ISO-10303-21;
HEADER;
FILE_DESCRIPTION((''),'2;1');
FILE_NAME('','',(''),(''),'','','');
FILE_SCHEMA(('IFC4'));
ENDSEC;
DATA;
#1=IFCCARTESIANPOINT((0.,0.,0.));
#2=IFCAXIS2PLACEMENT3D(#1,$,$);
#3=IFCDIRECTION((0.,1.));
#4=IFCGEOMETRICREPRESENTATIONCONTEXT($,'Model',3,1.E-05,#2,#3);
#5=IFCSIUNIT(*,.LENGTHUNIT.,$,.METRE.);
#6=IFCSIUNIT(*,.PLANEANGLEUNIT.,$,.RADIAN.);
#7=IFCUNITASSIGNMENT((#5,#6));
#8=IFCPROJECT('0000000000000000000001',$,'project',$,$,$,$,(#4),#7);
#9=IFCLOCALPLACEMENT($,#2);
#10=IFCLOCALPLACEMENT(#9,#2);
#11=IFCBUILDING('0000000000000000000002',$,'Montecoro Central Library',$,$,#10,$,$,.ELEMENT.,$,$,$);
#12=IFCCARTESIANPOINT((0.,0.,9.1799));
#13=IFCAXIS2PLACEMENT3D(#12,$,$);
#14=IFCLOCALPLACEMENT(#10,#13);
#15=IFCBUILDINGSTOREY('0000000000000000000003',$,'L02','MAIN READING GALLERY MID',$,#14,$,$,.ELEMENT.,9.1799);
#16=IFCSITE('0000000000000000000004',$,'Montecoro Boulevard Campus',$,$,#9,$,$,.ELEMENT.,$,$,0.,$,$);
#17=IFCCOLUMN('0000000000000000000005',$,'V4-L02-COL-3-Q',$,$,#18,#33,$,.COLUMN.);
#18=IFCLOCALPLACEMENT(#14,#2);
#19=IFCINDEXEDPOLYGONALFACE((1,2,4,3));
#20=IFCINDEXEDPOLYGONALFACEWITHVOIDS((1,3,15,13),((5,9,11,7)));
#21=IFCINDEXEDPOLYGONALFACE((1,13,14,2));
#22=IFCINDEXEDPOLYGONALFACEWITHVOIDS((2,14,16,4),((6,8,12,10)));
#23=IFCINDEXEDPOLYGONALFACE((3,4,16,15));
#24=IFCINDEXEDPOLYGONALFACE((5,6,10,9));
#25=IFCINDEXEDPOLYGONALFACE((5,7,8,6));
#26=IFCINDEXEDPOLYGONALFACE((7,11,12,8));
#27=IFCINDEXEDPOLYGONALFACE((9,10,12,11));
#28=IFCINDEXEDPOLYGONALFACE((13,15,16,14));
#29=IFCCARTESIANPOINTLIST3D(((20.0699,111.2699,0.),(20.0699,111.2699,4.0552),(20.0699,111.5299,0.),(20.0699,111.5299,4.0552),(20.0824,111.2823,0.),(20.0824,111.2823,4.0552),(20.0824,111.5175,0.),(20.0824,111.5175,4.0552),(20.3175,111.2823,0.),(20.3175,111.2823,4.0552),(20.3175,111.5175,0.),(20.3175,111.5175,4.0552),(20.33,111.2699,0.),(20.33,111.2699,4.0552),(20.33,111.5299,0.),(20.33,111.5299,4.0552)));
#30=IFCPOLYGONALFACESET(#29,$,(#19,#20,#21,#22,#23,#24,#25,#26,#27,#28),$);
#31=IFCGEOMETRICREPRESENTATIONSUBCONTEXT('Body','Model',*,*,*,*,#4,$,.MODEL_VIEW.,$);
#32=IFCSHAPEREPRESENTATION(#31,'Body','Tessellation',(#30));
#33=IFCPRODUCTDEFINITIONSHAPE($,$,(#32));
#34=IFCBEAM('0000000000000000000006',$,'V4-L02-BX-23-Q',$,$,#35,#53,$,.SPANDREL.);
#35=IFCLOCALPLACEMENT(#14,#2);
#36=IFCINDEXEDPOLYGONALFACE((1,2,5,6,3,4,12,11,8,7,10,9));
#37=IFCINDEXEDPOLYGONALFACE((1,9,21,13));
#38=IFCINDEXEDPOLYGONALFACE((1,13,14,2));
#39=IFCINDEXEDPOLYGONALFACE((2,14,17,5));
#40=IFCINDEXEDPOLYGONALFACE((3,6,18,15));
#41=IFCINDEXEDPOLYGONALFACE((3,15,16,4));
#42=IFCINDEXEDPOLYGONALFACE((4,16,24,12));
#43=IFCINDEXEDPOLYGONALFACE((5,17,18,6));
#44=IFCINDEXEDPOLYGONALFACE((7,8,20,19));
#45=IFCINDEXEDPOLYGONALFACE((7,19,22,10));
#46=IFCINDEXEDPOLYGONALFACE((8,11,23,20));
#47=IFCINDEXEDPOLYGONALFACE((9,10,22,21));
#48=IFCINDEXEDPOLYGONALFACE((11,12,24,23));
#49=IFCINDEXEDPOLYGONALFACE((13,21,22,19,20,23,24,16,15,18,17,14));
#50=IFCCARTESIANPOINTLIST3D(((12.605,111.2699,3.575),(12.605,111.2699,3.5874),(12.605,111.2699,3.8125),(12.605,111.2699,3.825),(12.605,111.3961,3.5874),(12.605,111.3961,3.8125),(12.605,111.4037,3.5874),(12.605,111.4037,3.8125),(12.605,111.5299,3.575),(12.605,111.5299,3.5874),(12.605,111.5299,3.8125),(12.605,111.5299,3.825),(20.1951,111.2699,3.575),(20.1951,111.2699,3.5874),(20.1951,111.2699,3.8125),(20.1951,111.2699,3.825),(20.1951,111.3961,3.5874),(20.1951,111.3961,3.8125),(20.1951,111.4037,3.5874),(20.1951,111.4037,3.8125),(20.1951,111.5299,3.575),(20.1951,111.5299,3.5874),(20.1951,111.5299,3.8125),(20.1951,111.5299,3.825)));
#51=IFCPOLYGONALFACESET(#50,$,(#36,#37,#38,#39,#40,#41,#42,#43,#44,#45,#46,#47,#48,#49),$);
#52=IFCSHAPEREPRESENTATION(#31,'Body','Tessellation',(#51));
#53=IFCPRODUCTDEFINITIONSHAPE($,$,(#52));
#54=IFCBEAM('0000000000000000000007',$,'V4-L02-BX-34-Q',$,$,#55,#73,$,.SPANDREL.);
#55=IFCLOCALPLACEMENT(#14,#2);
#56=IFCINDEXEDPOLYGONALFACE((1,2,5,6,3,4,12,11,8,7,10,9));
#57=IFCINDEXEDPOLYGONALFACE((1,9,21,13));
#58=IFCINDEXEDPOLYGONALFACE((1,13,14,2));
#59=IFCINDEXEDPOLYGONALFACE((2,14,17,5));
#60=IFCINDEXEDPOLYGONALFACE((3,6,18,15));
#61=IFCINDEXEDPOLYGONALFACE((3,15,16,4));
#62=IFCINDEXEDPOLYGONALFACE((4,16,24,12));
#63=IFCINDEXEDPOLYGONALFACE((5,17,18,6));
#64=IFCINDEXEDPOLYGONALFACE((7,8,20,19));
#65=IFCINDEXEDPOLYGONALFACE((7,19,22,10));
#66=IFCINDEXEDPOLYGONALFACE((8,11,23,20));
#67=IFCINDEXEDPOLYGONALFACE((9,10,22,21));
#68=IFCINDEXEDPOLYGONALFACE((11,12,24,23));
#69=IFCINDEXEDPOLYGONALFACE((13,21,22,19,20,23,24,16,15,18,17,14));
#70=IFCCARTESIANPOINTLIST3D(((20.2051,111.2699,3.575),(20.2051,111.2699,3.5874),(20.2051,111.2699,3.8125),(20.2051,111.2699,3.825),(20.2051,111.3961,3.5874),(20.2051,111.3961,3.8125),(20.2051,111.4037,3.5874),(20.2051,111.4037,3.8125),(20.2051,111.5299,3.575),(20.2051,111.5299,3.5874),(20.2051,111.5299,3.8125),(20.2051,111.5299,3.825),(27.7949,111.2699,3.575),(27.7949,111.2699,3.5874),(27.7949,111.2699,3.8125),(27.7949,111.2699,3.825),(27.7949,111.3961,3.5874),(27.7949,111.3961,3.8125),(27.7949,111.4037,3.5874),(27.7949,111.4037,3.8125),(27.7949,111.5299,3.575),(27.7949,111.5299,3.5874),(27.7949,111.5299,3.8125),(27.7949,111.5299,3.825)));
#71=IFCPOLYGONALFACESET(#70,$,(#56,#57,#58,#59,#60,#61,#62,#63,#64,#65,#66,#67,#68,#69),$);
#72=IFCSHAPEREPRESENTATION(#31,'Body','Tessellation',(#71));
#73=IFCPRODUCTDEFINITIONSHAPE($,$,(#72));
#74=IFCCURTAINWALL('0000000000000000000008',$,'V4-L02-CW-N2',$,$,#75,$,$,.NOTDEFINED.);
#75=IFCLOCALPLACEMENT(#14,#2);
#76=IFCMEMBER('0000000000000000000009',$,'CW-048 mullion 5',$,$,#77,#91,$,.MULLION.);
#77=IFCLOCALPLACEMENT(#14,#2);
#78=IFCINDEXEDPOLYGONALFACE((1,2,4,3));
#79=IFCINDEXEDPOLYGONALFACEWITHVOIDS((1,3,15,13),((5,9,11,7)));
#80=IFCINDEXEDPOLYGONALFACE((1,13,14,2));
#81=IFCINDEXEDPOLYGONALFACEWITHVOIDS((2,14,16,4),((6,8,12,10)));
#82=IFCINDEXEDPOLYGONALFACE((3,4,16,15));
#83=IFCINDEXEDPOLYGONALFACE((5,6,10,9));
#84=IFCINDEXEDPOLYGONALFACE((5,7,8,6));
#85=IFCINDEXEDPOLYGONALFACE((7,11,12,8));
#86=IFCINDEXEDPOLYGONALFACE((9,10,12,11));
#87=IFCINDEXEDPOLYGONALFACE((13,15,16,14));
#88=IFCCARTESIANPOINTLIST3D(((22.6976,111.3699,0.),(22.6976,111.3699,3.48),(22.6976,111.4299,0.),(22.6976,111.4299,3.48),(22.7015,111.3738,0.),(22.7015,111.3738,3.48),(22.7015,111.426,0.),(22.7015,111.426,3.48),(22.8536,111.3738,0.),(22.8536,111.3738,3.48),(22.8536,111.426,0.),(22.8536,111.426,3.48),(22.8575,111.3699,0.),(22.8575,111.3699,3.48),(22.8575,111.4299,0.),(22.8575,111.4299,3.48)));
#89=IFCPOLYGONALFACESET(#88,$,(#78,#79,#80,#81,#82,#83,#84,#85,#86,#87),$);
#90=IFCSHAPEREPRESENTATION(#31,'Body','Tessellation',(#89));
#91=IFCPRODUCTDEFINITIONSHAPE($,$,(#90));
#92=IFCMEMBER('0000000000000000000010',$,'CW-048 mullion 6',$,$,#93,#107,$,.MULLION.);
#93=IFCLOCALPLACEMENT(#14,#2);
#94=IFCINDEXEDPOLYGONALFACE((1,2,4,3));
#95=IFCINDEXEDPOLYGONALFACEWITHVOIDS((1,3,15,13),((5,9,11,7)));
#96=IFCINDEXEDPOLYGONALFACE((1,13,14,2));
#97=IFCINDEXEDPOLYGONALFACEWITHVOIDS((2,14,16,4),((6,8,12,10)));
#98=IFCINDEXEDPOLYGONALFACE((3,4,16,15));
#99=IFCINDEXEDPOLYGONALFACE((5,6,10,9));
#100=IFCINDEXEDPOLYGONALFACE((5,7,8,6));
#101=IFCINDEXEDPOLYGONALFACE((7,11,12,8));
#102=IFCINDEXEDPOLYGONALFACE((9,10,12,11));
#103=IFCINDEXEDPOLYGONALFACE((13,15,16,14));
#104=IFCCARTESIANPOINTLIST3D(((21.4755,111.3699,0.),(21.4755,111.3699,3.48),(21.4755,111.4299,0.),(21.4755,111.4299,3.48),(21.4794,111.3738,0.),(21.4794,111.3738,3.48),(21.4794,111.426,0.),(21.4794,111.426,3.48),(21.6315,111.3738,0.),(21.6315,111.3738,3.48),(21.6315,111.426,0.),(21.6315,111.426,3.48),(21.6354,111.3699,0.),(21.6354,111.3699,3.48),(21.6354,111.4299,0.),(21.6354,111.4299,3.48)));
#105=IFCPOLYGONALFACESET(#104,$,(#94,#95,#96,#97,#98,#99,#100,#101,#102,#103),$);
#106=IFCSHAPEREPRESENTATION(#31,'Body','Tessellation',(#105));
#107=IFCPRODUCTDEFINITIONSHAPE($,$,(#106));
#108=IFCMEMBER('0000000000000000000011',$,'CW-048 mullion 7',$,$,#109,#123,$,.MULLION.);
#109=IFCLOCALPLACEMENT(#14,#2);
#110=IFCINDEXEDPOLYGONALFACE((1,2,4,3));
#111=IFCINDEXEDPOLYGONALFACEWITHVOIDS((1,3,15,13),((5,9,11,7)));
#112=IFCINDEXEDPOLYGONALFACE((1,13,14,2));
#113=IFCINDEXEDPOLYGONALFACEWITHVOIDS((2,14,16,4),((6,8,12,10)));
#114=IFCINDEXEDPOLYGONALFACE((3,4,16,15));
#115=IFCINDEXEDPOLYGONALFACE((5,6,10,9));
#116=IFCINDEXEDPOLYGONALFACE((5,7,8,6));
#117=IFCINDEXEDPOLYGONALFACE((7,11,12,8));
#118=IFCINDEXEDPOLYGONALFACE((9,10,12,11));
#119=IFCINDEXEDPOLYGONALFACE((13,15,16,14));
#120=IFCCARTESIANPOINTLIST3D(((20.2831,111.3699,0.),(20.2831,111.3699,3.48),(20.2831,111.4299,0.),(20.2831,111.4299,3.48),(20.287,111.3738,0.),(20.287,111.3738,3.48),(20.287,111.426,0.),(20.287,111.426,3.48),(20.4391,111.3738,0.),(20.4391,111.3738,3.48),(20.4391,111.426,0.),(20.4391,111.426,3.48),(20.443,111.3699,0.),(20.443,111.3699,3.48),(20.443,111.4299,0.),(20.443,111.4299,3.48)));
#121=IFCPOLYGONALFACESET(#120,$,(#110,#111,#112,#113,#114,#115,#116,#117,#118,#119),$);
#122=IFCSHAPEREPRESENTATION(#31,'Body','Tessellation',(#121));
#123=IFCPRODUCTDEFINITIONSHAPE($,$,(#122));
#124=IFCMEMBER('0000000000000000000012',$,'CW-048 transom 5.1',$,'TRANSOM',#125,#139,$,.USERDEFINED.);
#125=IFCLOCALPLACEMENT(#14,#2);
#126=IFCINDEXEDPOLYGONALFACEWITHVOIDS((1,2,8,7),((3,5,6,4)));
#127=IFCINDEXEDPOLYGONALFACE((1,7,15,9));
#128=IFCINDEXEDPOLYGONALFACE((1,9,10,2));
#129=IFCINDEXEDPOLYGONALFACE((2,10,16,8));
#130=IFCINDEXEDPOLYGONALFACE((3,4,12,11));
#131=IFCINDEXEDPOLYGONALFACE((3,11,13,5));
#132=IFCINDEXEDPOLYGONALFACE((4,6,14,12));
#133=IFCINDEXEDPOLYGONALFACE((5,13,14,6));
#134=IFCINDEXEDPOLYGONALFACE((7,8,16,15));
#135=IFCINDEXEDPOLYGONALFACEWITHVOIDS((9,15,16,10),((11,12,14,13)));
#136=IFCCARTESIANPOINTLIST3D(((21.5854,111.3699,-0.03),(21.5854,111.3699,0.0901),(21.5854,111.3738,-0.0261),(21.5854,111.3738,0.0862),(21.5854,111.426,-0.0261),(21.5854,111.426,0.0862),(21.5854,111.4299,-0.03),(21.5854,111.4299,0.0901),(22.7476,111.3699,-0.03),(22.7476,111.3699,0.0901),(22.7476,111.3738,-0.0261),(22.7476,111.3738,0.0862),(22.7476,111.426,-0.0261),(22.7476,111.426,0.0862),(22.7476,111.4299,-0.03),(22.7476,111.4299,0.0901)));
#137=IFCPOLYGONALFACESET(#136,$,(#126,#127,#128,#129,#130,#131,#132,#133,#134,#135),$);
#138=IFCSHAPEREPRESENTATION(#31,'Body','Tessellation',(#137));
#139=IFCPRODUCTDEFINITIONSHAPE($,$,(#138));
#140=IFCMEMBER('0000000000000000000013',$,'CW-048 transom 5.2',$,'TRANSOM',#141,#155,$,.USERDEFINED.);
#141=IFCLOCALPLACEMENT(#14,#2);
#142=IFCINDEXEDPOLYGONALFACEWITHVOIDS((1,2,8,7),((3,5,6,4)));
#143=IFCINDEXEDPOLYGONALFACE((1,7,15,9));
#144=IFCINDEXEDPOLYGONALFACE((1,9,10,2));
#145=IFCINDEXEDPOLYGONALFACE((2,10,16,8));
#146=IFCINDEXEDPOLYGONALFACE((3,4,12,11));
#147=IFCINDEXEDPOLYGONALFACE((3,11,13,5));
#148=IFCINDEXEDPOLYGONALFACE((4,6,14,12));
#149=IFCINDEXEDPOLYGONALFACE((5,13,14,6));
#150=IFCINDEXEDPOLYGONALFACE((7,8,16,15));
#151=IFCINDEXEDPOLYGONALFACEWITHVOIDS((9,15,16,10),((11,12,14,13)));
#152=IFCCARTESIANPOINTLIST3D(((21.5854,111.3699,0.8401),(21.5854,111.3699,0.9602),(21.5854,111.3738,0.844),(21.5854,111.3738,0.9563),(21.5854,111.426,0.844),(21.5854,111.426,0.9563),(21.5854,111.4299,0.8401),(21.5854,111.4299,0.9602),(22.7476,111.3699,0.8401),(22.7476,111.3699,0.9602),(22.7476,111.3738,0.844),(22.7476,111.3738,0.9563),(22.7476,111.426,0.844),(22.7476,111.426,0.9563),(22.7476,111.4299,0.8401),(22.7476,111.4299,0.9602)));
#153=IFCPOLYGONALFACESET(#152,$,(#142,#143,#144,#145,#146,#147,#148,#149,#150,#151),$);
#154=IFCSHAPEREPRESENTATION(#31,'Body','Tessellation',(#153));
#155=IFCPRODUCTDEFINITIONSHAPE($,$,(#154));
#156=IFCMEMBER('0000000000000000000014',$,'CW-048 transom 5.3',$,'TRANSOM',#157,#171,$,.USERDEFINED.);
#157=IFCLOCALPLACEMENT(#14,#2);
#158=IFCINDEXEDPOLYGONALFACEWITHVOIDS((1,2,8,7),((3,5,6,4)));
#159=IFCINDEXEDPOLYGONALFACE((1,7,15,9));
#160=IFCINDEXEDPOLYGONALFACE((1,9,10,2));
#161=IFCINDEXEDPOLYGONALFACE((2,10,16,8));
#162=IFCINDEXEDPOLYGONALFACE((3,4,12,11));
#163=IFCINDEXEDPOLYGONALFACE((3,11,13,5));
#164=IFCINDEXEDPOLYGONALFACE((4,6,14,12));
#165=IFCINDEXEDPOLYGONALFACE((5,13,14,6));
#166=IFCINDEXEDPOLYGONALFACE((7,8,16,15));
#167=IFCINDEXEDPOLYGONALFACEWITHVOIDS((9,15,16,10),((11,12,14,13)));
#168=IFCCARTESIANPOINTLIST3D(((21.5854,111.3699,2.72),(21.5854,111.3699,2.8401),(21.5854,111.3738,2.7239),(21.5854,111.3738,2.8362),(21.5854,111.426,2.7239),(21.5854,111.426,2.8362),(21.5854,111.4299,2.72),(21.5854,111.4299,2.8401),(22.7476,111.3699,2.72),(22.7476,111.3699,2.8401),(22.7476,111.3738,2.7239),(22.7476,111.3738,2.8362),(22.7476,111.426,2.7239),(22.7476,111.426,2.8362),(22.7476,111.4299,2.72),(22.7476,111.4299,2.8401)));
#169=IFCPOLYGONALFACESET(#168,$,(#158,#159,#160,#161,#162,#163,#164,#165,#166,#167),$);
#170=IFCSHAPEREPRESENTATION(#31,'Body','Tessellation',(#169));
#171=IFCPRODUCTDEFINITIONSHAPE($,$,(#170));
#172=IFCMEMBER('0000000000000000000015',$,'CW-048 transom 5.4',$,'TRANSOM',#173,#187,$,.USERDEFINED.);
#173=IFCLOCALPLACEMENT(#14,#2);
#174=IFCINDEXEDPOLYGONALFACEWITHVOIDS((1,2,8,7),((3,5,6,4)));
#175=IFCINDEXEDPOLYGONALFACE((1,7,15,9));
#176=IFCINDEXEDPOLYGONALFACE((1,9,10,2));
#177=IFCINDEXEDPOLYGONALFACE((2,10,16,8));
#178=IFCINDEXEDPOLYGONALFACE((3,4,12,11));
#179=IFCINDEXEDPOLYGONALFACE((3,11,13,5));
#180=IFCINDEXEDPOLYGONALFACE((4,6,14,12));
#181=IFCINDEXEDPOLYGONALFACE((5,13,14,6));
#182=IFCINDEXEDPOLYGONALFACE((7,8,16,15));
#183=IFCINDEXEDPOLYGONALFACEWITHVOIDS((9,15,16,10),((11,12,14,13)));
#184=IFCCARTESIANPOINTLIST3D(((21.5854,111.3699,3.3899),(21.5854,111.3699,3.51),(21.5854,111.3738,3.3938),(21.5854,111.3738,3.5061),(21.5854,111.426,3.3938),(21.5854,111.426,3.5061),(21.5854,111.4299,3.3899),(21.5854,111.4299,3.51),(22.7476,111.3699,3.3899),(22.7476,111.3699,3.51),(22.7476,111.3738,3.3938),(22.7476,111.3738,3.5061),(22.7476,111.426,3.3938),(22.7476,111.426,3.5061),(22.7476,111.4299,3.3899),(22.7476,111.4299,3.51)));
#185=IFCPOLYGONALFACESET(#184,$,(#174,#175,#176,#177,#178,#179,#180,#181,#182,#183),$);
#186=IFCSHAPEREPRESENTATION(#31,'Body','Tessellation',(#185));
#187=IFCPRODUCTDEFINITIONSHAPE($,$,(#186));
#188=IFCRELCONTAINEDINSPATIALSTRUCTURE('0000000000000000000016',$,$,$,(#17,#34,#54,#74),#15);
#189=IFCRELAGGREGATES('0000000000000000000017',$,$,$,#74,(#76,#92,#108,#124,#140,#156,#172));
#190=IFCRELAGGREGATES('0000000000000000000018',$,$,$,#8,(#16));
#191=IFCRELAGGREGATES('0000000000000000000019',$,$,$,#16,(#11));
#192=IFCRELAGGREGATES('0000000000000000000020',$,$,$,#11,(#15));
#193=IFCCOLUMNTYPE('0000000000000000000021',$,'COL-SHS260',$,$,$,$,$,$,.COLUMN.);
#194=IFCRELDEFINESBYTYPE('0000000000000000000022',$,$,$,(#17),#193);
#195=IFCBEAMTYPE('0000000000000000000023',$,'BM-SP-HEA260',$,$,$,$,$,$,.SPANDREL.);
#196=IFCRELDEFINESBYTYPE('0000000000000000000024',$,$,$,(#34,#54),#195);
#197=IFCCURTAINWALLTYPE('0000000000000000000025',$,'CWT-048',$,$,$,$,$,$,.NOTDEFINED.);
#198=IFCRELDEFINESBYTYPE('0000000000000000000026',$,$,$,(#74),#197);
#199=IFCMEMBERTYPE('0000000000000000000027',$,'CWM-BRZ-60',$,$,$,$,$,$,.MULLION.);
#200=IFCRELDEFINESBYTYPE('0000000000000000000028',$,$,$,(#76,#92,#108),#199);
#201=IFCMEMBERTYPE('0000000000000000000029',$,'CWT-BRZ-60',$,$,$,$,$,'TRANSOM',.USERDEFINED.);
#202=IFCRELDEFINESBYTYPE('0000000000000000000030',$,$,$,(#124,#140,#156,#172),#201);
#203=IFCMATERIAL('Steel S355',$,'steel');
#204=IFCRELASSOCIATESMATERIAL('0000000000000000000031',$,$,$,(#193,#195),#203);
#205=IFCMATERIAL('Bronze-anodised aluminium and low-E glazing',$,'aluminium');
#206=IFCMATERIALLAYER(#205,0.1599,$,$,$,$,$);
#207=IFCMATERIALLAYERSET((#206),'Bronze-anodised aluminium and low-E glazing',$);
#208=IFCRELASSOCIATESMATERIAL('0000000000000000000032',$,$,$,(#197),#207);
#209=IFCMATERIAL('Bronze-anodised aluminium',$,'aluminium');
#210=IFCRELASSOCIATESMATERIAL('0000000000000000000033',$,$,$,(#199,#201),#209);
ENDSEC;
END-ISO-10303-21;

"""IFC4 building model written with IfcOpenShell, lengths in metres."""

from ifc_helpers import new_model, si_unit, direction, frame, origin, origin_2d, place, context, subcontext, project, spatial, hollow_rectangle, i_section, extrude, material, layer, layer_set, material_profile, profile_set, type_object, element, aggregate, save


model = new_model("IFC4")

# Units and contexts
model_context = context("Model", 3, precision=1e-05, world=origin(), true_north=direction((0.0, 1.0)))
body_context = subcontext(model_context, "Body", "Model", "MODEL_VIEW")
ifc_project = project(units=[si_unit("LENGTHUNIT", "METRE"), si_unit("PLANEANGLEUNIT", "RADIAN")], contexts=[model_context])

# Site, building, storey
site_placement = place(None, origin())
site = spatial("IfcSite", under=ifc_project, at=site_placement, Name="Montecoro Boulevard Campus", CompositionType="ELEMENT", RefElevation=0.0)
building_placement = place(site_placement, origin())
building = spatial("IfcBuilding", under=site, at=building_placement, Name="Montecoro Central Library", CompositionType="ELEMENT")
storey_placement = place(building_placement, frame((0.0, 0.0, 9.1799)))
storey = spatial("IfcBuildingStorey", under=building, at=storey_placement, Name="L02", Description="MAIN READING GALLERY MID", CompositionType="ELEMENT", Elevation=9.1799)

# Column
ifc_material_1 = material(Name="Steel S355", Category="steel")
ifc_material_profile_1 = material_profile(ifc_material_1, hollow_rectangle(XDim=0.26, YDim=0.26, WallThickness=0.0125, at=origin_2d()), Name="SHS 260x260x12.5")
ifc_profile_set_1 = profile_set([ifc_material_profile_1], Name="Steel S355")
column_type = type_object("IfcColumnType", Name="COL-SHS260", PredefinedType="COLUMN", material=ifc_profile_set_1)
column_placement = place(storey_placement, frame((20.2, 111.3999, 0.0), z_axis=(0.0, 0.0, 1.0), x_axis=(1.0, 0.0, 0.0)))
element("IfcColumn", 1, at=column_placement, inside=storey, type_object=column_type, Name="V4-L02-COL-3-Q", PredefinedType="COLUMN", context=body_context, shape_type="SweptSolid", body=[
    extrude(hollow_rectangle(XDim=0.26, YDim=0.26, WallThickness=0.0125, at=origin_2d()), origin(), (0.0, 0.0, 1.0), 4.0552),
])

# Beams
ifc_material_profile_2 = material_profile(ifc_material_1, i_section(OverallWidth=0.26, OverallDepth=0.25, WebThickness=0.0076, FlangeThickness=0.0125, at=origin_2d()), Name="HEA 260")
ifc_profile_set_2 = profile_set([ifc_material_profile_2], Name="Steel S355")
beam_type = type_object("IfcBeamType", Name="BM-SP-HEA260", PredefinedType="SPANDREL", material=ifc_profile_set_2)
beam_1_placement = place(storey_placement, frame((12.605, 111.3999, 3.7), z_axis=(1.0, 0.0, 0.0), x_axis=(0.0, 1.0, 0.0)))
element("IfcBeam", 2, at=beam_1_placement, inside=storey, type_object=beam_type, Name="V4-L02-BX-23-Q", PredefinedType="SPANDREL", context=body_context, shape_type="SweptSolid", body=[
    extrude(i_section(OverallWidth=0.26, OverallDepth=0.25, WebThickness=0.0076, FlangeThickness=0.0125, at=origin_2d()), origin(), (0.0, 0.0, 1.0), 7.5901),
])
beam_2_placement = place(storey_placement, frame((20.2051, 111.3999, 3.7), z_axis=(1.0, 0.0, 0.0), x_axis=(0.0, 1.0, 0.0)))
element("IfcBeam", 3, at=beam_2_placement, inside=storey, type_object=beam_type, Name="V4-L02-BX-34-Q", PredefinedType="SPANDREL", context=body_context, shape_type="SweptSolid", body=[
    extrude(i_section(OverallWidth=0.26, OverallDepth=0.25, WebThickness=0.0076, FlangeThickness=0.0125, at=origin_2d()), origin(), (0.0, 0.0, 1.0), 7.5898),
])

# Curtain wall, members
ifc_material_2 = material(Name="Bronze-anodised aluminium and low-E glazing", Category="aluminium")
ifc_layer_1 = layer(ifc_material_2, 0.1599)
ifc_layer_set_1 = layer_set([ifc_layer_1], Name="Bronze-anodised aluminium and low-E glazing")
curtain_wall_type = type_object("IfcCurtainWallType", Name="CWT-048", PredefinedType="NOTDEFINED", material=ifc_layer_set_1)
curtain_wall_placement = place(storey_placement, origin())
curtain_wall = element("IfcCurtainWall", 4, at=curtain_wall_placement, inside=storey, type_object=curtain_wall_type, Name="V4-L02-CW-N2", PredefinedType="NOTDEFINED")
ifc_material_3 = material(Name="Bronze-anodised aluminium", Category="aluminium")
ifc_material_profile_3 = material_profile(ifc_material_3, hollow_rectangle(XDim=0.0601, YDim=0.1599, WallThickness=0.0039, at=origin_2d()), Name="CWM 160x60x4.0")
ifc_profile_set_3 = profile_set([ifc_material_profile_3], Name="Bronze-anodised aluminium")
member_type_1 = type_object("IfcMemberType", Name="CWM-BRZ-60", PredefinedType="MULLION", material=ifc_profile_set_3)
member_1_placement = place(storey_placement, frame((22.7776, 111.3999, 0.0), z_axis=(0.0, 0.0, 1.0), x_axis=(0.0, -1.0, 0.0)))
member_1 = element("IfcMember", 5, at=member_1_placement, type_object=member_type_1, Name="CW-048 mullion 5", PredefinedType="MULLION", context=body_context, shape_type="SweptSolid", body=[
    extrude(hollow_rectangle(XDim=0.0601, YDim=0.1599, WallThickness=0.0039, at=origin_2d()), origin(), (0.0, 0.0, 1.0), 3.48),
])
member_2_placement = place(storey_placement, frame((21.5554, 111.3999, 0.0), z_axis=(0.0, 0.0, 1.0), x_axis=(0.0, -1.0, 0.0)))
member_2 = element("IfcMember", 6, at=member_2_placement, type_object=member_type_1, Name="CW-048 mullion 6", PredefinedType="MULLION", context=body_context, shape_type="SweptSolid", body=[
    extrude(hollow_rectangle(XDim=0.0601, YDim=0.1599, WallThickness=0.0039, at=origin_2d()), origin(), (0.0, 0.0, 1.0), 3.48),
])
member_3_placement = place(storey_placement, frame((20.363, 111.3999, 0.0), z_axis=(0.0, 0.0, 1.0), x_axis=(0.0, -1.0, 0.0)))
member_3 = element("IfcMember", 7, at=member_3_placement, type_object=member_type_1, Name="CW-048 mullion 7", PredefinedType="MULLION", context=body_context, shape_type="SweptSolid", body=[
    extrude(hollow_rectangle(XDim=0.0601, YDim=0.1599, WallThickness=0.0039, at=origin_2d()), origin(), (0.0, 0.0, 1.0), 3.48),
])
ifc_material_profile_4 = material_profile(ifc_material_3, hollow_rectangle(XDim=0.0601, YDim=0.1201, WallThickness=0.0039, at=origin_2d()), Name="CWT 120x60x4.0")
ifc_profile_set_4 = profile_set([ifc_material_profile_4], Name="Bronze-anodised aluminium")
member_type_2 = type_object("IfcMemberType", Name="CWT-BRZ-60", ElementType="TRANSOM", PredefinedType="USERDEFINED", material=ifc_profile_set_4)
member_4_placement = place(storey_placement, frame((22.7476, 111.3999, 0.03), z_axis=(-1.0, 0.0, 0.0), x_axis=(0.0, -1.0, 0.0)))
member_4 = element("IfcMember", 8, at=member_4_placement, type_object=member_type_2, Name="CW-048 transom 5.1", ObjectType="TRANSOM", PredefinedType="USERDEFINED", context=body_context, shape_type="SweptSolid", body=[
    extrude(hollow_rectangle(XDim=0.0601, YDim=0.1201, WallThickness=0.0039, at=origin_2d()), origin(), (0.0, 0.0, 1.0), 1.1621),
])
member_5_placement = place(storey_placement, frame((22.7476, 111.3999, 0.9001), z_axis=(-1.0, 0.0, 0.0), x_axis=(0.0, -1.0, 0.0)))
member_5 = element("IfcMember", 9, at=member_5_placement, type_object=member_type_2, Name="CW-048 transom 5.2", ObjectType="TRANSOM", PredefinedType="USERDEFINED", context=body_context, shape_type="SweptSolid", body=[
    extrude(hollow_rectangle(XDim=0.0601, YDim=0.1201, WallThickness=0.0039, at=origin_2d()), origin(), (0.0, 0.0, 1.0), 1.1621),
])
member_6_placement = place(storey_placement, frame((22.7476, 111.3999, 2.78), z_axis=(-1.0, 0.0, 0.0), x_axis=(0.0, -1.0, 0.0)))
member_6 = element("IfcMember", 10, at=member_6_placement, type_object=member_type_2, Name="CW-048 transom 5.3", ObjectType="TRANSOM", PredefinedType="USERDEFINED", context=body_context, shape_type="SweptSolid", body=[
    extrude(hollow_rectangle(XDim=0.0601, YDim=0.1201, WallThickness=0.0039, at=origin_2d()), origin(), (0.0, 0.0, 1.0), 1.1621),
])
member_7_placement = place(storey_placement, frame((22.7476, 111.3999, 3.45), z_axis=(-1.0, 0.0, 0.0), x_axis=(0.0, -1.0, 0.0)))
member_7 = element("IfcMember", 11, at=member_7_placement, type_object=member_type_2, Name="CW-048 transom 5.4", ObjectType="TRANSOM", PredefinedType="USERDEFINED", context=body_context, shape_type="SweptSolid", body=[
    extrude(hollow_rectangle(XDim=0.0601, YDim=0.1201, WallThickness=0.0039, at=origin_2d()), origin(), (0.0, 0.0, 1.0), 1.1621),
])

aggregate(curtain_wall, [member_1, member_2, member_3, member_4, member_5, member_6, member_7])

save(model, "model.ifc")
